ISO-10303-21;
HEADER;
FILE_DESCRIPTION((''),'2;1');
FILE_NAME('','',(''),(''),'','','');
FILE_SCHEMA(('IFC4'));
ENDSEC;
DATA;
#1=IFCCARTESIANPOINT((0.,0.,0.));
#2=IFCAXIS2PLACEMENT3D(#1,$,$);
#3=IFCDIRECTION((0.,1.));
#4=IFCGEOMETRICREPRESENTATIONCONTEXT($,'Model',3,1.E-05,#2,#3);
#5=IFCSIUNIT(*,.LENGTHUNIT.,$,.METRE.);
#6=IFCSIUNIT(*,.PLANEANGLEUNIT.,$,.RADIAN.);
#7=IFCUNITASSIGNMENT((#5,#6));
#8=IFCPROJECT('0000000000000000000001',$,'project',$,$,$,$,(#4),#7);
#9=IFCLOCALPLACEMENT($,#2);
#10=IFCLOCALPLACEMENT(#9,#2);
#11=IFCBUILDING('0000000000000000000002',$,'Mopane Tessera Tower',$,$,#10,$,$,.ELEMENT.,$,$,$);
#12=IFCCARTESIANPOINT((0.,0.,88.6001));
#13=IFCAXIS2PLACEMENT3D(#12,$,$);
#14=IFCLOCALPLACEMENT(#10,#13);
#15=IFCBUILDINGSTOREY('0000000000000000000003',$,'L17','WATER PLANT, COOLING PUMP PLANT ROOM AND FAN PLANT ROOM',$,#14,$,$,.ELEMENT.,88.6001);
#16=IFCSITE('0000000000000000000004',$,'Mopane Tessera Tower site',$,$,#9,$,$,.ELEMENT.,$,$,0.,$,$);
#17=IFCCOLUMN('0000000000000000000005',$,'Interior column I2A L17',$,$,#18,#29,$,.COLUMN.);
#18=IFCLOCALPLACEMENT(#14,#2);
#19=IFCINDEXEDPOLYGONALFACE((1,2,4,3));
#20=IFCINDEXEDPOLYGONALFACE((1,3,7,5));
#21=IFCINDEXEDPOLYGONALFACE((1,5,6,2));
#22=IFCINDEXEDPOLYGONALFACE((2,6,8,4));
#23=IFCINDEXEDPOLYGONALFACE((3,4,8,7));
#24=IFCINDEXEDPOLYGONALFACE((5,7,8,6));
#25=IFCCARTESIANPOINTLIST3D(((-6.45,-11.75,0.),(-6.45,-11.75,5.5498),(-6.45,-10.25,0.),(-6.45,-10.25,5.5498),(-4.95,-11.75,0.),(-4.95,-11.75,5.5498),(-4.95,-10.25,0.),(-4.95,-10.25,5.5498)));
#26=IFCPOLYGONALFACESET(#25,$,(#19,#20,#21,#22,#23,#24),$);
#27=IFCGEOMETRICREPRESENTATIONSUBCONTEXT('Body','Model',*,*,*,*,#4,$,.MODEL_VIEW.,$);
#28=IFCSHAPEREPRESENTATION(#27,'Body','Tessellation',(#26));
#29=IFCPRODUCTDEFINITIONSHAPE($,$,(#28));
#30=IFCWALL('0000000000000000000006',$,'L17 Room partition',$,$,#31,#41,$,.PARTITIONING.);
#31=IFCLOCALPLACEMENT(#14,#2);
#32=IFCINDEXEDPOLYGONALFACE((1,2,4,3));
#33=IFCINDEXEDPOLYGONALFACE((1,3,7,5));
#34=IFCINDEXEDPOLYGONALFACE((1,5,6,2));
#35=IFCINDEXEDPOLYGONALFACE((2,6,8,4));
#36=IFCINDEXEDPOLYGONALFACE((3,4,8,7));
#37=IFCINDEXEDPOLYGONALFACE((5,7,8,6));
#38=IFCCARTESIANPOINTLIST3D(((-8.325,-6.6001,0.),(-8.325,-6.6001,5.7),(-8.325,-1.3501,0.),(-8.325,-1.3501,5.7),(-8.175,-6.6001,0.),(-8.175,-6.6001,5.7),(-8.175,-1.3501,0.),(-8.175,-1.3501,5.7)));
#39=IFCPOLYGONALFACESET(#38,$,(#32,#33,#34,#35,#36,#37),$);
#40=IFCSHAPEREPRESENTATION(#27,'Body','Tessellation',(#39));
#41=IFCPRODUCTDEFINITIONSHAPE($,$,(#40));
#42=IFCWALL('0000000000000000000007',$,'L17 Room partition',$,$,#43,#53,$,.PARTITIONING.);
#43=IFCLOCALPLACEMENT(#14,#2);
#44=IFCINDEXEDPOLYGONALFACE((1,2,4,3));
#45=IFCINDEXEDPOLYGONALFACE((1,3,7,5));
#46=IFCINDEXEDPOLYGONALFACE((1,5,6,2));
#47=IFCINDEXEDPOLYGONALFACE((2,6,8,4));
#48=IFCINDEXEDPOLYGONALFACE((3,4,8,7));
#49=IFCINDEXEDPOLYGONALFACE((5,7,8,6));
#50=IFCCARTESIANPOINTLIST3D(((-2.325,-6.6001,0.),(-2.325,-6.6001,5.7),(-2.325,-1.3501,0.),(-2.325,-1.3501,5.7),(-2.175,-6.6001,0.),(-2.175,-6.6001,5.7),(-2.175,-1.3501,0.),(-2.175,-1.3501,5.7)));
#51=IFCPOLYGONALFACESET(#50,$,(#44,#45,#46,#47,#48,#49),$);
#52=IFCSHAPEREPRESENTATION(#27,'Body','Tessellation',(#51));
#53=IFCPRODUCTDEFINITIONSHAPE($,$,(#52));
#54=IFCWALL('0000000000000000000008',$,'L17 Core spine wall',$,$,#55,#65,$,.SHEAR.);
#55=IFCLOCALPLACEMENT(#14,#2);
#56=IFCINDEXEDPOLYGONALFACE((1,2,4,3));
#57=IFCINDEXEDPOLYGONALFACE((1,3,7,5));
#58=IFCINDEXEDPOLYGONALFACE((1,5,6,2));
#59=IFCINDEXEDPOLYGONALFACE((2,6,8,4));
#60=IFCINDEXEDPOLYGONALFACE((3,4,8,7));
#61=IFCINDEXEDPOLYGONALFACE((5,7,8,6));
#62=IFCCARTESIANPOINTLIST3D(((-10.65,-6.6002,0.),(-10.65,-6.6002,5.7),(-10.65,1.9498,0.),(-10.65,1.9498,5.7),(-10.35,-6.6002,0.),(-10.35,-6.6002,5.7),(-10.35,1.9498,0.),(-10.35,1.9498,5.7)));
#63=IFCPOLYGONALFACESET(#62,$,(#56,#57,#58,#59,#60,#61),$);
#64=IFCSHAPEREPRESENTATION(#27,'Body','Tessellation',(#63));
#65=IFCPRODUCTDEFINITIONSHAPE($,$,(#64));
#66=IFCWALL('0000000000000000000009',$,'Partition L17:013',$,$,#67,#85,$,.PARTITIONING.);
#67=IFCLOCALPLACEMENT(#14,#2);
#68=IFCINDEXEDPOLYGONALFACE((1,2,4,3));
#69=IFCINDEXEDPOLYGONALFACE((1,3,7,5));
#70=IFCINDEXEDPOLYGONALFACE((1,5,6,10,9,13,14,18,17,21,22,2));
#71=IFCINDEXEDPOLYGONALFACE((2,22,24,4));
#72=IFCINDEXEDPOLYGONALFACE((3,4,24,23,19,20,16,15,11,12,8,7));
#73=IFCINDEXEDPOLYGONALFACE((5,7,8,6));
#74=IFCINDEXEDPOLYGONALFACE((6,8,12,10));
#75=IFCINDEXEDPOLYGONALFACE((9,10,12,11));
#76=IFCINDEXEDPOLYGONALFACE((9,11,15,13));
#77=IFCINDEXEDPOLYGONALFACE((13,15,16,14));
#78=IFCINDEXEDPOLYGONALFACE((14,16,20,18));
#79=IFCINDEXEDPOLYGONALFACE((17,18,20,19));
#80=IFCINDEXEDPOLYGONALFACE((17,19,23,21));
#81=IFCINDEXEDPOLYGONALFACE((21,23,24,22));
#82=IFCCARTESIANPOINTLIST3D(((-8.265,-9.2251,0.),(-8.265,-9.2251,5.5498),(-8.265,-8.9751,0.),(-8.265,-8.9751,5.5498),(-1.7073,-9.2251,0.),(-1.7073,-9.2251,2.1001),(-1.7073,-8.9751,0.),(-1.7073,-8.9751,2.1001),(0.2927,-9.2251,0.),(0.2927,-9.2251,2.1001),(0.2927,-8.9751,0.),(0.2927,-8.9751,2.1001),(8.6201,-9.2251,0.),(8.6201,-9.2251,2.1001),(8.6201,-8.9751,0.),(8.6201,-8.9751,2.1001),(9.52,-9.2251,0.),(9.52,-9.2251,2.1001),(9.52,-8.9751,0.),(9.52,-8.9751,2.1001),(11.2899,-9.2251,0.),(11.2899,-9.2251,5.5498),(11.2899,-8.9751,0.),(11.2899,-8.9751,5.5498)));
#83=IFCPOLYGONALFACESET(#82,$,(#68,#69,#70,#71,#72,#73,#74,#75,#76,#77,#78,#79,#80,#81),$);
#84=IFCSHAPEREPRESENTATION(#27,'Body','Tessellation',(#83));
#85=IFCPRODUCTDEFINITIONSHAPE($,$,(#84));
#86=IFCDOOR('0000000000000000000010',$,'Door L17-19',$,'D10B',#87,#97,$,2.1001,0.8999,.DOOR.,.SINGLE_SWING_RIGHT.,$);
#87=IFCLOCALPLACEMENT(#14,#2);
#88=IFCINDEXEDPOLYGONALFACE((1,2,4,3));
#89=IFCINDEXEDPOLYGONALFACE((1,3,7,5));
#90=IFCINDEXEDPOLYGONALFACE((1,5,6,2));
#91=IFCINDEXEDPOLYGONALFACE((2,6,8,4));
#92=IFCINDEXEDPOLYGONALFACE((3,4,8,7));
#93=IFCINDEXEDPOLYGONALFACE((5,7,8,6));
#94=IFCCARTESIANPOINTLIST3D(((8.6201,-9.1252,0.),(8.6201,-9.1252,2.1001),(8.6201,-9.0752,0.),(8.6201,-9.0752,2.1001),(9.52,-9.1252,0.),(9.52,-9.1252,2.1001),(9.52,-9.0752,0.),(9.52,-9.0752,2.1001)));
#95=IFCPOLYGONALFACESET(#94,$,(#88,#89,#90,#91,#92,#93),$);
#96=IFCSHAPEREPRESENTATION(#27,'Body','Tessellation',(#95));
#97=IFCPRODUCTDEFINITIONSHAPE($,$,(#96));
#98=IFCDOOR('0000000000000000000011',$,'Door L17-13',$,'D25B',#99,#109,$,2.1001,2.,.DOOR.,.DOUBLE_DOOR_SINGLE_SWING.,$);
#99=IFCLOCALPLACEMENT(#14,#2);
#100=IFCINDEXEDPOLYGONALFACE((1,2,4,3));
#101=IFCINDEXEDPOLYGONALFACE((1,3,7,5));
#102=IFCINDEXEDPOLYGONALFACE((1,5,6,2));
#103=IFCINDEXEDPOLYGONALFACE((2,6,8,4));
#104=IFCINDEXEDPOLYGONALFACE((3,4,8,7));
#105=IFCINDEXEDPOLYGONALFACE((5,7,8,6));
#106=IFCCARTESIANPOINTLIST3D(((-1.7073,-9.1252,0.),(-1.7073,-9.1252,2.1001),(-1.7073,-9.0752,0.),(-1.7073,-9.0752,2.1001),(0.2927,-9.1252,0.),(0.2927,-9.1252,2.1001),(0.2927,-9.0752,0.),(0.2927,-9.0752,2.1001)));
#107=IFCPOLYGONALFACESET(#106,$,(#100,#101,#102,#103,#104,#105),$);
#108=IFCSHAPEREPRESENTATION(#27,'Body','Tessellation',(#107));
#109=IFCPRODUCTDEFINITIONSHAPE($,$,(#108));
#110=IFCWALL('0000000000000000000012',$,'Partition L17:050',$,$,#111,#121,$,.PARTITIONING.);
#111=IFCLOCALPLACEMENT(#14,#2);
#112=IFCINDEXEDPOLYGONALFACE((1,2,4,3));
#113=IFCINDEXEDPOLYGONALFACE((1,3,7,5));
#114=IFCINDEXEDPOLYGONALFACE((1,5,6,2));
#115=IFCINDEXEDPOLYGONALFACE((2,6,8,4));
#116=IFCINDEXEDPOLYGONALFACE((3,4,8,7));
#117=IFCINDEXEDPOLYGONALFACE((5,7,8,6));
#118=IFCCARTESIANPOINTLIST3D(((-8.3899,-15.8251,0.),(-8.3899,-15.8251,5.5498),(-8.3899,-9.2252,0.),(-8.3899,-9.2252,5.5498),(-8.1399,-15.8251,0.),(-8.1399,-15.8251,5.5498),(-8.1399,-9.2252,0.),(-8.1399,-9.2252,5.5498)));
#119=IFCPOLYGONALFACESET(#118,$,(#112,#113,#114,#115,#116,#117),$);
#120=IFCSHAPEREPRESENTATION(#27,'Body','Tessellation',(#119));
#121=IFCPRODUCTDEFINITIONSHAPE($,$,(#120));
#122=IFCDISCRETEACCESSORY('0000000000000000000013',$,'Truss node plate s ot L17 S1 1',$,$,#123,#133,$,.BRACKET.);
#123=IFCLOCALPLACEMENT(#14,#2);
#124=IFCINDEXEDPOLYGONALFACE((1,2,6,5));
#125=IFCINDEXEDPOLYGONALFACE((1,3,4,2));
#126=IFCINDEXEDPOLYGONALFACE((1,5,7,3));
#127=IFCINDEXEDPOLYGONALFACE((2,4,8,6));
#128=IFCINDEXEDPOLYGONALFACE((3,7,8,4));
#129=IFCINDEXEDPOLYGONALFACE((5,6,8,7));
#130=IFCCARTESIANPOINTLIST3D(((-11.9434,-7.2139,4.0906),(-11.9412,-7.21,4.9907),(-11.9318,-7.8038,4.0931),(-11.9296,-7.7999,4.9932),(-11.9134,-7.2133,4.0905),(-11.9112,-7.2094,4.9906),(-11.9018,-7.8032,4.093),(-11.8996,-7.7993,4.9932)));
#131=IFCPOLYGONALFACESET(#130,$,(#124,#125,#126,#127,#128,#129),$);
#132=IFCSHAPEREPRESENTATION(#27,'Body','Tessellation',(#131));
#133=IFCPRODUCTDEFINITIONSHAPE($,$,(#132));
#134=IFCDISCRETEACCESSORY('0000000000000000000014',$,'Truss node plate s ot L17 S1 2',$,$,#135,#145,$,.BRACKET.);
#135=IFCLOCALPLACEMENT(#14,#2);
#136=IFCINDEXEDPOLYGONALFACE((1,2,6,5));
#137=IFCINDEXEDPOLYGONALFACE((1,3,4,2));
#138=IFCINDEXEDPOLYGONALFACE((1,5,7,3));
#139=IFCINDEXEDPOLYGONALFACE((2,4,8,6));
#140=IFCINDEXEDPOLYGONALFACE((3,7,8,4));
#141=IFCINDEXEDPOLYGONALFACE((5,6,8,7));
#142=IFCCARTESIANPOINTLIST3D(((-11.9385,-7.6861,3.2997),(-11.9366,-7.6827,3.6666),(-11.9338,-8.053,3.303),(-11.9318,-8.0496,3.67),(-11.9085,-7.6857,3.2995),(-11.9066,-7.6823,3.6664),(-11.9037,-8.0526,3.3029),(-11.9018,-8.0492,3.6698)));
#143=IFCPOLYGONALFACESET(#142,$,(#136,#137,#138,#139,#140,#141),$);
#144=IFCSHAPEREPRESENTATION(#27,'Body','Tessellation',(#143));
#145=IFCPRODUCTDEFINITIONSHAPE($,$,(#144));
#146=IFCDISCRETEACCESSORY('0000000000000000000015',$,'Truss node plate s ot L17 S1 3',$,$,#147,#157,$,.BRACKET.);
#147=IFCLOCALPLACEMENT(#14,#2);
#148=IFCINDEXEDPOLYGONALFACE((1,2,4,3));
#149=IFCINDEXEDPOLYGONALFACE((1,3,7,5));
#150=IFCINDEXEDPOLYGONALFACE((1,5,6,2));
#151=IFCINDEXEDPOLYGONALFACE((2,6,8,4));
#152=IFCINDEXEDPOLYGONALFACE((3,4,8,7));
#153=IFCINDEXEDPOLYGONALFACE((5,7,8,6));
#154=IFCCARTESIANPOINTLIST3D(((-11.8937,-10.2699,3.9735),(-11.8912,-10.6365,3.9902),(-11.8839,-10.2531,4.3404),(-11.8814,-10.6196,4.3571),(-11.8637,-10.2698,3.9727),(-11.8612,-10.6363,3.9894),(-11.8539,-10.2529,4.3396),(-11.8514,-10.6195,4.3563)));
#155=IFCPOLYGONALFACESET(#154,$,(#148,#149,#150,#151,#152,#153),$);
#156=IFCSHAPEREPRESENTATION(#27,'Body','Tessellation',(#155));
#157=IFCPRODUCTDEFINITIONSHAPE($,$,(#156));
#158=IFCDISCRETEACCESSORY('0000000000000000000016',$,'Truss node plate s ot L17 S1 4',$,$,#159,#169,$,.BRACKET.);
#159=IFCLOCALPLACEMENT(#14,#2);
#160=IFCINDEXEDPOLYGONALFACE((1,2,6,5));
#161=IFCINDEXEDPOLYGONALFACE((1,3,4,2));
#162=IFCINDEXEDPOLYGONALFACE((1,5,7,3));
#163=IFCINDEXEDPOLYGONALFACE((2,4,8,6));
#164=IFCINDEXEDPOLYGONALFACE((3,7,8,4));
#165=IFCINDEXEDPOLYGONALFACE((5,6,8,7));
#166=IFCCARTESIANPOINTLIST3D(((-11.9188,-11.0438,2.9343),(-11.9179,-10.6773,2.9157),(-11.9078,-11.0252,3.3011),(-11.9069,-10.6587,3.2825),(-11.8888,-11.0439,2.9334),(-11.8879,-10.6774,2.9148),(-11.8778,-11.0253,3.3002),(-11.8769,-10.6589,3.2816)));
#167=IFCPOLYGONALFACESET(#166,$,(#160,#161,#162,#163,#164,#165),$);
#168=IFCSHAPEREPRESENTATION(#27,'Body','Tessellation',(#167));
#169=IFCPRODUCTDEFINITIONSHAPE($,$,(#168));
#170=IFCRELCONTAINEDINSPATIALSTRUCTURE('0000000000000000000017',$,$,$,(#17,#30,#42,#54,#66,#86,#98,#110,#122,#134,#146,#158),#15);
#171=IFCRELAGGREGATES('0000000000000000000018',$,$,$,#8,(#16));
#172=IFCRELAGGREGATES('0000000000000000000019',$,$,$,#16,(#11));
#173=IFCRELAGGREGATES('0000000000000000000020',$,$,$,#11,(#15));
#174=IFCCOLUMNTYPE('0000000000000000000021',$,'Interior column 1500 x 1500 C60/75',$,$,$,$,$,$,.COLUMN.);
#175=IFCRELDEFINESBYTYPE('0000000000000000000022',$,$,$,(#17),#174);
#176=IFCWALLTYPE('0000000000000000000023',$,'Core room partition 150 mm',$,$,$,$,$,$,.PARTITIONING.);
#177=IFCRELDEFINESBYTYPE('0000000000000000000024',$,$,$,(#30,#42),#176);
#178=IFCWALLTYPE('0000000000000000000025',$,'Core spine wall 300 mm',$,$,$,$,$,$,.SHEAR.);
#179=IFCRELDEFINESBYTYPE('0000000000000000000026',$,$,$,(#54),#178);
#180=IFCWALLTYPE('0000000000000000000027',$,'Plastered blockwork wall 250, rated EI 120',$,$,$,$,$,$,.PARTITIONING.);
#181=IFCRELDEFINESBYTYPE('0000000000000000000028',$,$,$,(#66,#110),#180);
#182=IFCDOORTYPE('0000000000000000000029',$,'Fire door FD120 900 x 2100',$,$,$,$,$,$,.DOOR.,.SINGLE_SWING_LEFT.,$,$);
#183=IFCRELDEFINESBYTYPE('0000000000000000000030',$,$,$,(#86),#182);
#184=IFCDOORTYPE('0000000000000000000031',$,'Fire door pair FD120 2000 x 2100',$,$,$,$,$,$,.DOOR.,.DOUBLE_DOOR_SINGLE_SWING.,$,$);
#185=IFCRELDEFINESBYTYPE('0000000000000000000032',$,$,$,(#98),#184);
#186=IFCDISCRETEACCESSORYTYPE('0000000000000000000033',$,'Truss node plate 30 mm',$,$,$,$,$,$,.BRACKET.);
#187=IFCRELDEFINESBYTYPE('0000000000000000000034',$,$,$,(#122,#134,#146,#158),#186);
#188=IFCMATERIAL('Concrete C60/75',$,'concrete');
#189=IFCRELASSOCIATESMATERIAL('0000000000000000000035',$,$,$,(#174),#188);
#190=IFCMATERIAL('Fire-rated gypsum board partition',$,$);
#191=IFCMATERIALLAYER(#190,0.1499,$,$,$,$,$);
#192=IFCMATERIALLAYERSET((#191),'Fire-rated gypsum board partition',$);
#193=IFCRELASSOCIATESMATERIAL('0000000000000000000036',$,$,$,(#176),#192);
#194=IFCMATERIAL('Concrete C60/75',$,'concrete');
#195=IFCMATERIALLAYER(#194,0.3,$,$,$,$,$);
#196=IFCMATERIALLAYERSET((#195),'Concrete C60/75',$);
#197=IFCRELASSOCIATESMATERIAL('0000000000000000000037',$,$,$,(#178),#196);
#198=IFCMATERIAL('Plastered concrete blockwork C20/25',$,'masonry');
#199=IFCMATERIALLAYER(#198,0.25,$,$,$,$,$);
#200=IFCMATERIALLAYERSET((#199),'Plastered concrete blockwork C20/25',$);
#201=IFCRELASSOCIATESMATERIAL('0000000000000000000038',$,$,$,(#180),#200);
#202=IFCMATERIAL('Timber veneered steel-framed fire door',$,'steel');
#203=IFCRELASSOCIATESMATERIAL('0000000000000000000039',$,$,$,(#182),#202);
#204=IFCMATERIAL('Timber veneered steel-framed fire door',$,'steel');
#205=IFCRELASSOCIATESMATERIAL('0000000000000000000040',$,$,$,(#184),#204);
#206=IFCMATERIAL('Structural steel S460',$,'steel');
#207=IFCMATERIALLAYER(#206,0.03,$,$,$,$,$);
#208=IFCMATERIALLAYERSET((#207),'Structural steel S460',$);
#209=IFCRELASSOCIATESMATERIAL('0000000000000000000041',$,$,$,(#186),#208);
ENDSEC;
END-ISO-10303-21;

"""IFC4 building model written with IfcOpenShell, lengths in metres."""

from ifc_helpers import new_model, si_unit, direction, frame, frame_2d, origin, origin_2d, place, context, subcontext, project, spatial, rectangle, extrude, material, layer, layer_set, material_profile, profile_set, type_object, element, fill, save


model = new_model("IFC4")

# Units and contexts
model_context = context("Model", 3, precision=1e-05, world=origin(), true_north=direction((0.0, 1.0)))
body_context = subcontext(model_context, "Body", "Model", "MODEL_VIEW")
ifc_project = project(units=[si_unit("LENGTHUNIT", "METRE"), si_unit("PLANEANGLEUNIT", "RADIAN")], contexts=[model_context])

# Site, building, storey
site_placement = place(None, origin())
site = spatial("IfcSite", under=ifc_project, at=site_placement, Name="Mopane Tessera Tower site", CompositionType="ELEMENT", RefElevation=0.0)
building_placement = place(site_placement, origin())
building = spatial("IfcBuilding", under=site, at=building_placement, Name="Mopane Tessera Tower", CompositionType="ELEMENT")
storey_placement = place(building_placement, frame((0.0, 0.0, 88.6001)))
storey = spatial("IfcBuildingStorey", under=building, at=storey_placement, Name="L17", Description="WATER PLANT, COOLING PUMP PLANT ROOM AND FAN PLANT ROOM", CompositionType="ELEMENT", Elevation=88.6001)

# Column
ifc_material_1 = material(Name="Concrete C60/75", Category="concrete")
ifc_material_profile = material_profile(ifc_material_1, rectangle(XDim=1.5, YDim=1.5, at=origin_2d()))
ifc_profile_set = profile_set([ifc_material_profile], Name="Concrete C60/75")
column_type = type_object("IfcColumnType", Name="Interior column 1500 x 1500 C60/75", PredefinedType="COLUMN", material=ifc_profile_set)
column_placement = place(storey_placement, frame((-5.7, -11.0, 0.0), z_axis=(0.0, 0.0, 1.0), x_axis=(1.0, 0.0, 0.0)))
element("IfcColumn", 1, at=column_placement, inside=storey, type_object=column_type, Name="Interior column I2A L17", PredefinedType="COLUMN", context=body_context, shape_type="SweptSolid", body=[
    extrude(rectangle(XDim=1.5, YDim=1.5, at=origin_2d()), origin(), (0.0, 0.0, 1.0), 5.5498),
])

# Walls
ifc_material_2 = material(Name="Fire-rated gypsum board partition")
ifc_layer_1 = layer(ifc_material_2, 0.1499)
ifc_layer_set_1 = layer_set([ifc_layer_1], Name="Fire-rated gypsum board partition")
wall_type_1 = type_object("IfcWallType", Name="Core room partition 150 mm", PredefinedType="PARTITIONING", material=ifc_layer_set_1)
for number, where, z_axis, x_axis, name in (
    (2, (-8.25, -6.6001, 0.0), (0.0, 0.0, 1.0), (0.0, 1.0, 0.0), "L17 Room partition"),
    (3, (-2.25, -6.6001, 0.0), (0.0, 0.0, 1.0), (0.0, 1.0, 0.0), "L17 Room partition"),
):
    element("IfcWall", number, at=place(storey_placement, frame(where, z_axis=z_axis, x_axis=x_axis)), inside=storey, type_object=wall_type_1, Name=name, PredefinedType="PARTITIONING", context=body_context, shape_type="SweptSolid", body=[
        extrude(rectangle(XDim=5.25, YDim=0.1499, at=frame_2d((2.625, 0.0))), origin(), (0.0, 0.0, 1.0), 5.7),
    ])
ifc_material_3 = material(Name="Concrete C60/75", Category="concrete")
ifc_layer_2 = layer(ifc_material_3, 0.3)
ifc_layer_set_2 = layer_set([ifc_layer_2], Name="Concrete C60/75")
wall_type_2 = type_object("IfcWallType", Name="Core spine wall 300 mm", PredefinedType="SHEAR", material=ifc_layer_set_2)
wall_1_placement = place(storey_placement, frame((-10.5, -6.6001, 0.0), z_axis=(0.0, 0.0, 1.0), x_axis=(0.0, 1.0, 0.0)))
element("IfcWall", 4, at=wall_1_placement, inside=storey, type_object=wall_type_2, Name="L17 Core spine wall", PredefinedType="SHEAR", context=body_context, shape_type="SweptSolid", body=[
    extrude(rectangle(XDim=8.55, YDim=0.3, at=frame_2d((4.2749, 0.0))), origin(), (0.0, 0.0, 1.0), 5.7),
])

# Wall, openings, doors
ifc_material_4 = material(Name="Plastered concrete blockwork C20/25", Category="masonry")
ifc_layer_3 = layer(ifc_material_4, 0.25)
ifc_layer_set_3 = layer_set([ifc_layer_3], Name="Plastered concrete blockwork C20/25")
wall_type_3 = type_object("IfcWallType", Name="Plastered blockwork wall 250, rated EI 120", PredefinedType="PARTITIONING", material=ifc_layer_set_3)
wall_2_placement = place(storey_placement, frame((-8.2649, -9.1001, 0.0), z_axis=(0.0, 0.0, 1.0), x_axis=(1.0, 0.0, 0.0)))
wall_2 = element("IfcWall", 5, at=wall_2_placement, inside=storey, type_object=wall_type_3, Name="Partition L17:013", PredefinedType="PARTITIONING", context=body_context, shape_type="SweptSolid", body=[
    extrude(rectangle(XDim=19.5549, YDim=0.25, at=frame_2d((9.7773, 0.0))), origin(), (0.0, 0.0, 1.0), 5.5498),
])
opening_1_placement = place(wall_2_placement, frame((6.5576, 0.0, 0.0)))
opening_1 = element("IfcOpeningElement", 6, at=opening_1_placement, cuts=wall_2, PredefinedType="OPENING", context=body_context, shape_type="SweptSolid", body=[
    extrude(rectangle(XDim=2.0, YDim=2.1001, at=frame_2d((1.0, 1.05))), frame((0.0, 0.137, 0.0), z_axis=(0.0, -1.0, 0.0), x_axis=(1.0, 0.0, 0.0)), (0.0, 0.0, 1.0), 0.2739),
])
opening_2_placement = place(wall_2_placement, frame((16.885, 0.0, 0.0)))
opening_2 = element("IfcOpeningElement", 7, at=opening_2_placement, cuts=wall_2, PredefinedType="OPENING", context=body_context, shape_type="SweptSolid", body=[
    extrude(rectangle(XDim=0.8999, YDim=2.1001, at=frame_2d((0.45, 1.05))), frame((0.0, 0.137, 0.0), z_axis=(0.0, -1.0, 0.0), x_axis=(1.0, 0.0, 0.0)), (0.0, 0.0, 1.0), 0.2739),
])
ifc_material_5 = material(Name="Timber veneered steel-framed fire door", Category="steel")
door_type_1 = type_object("IfcDoorType", Name="Fire door FD120 900 x 2100", OperationType="SINGLE_SWING_LEFT", PredefinedType="DOOR", material=ifc_material_5)
door_1_placement = place(opening_2_placement, origin())
door_1 = element("IfcDoor", 8, at=door_1_placement, inside=storey, type_object=door_type_1, Name="Door L17-19", ObjectType="D10B", OperationType="SINGLE_SWING_RIGHT", OverallHeight=2.1001, OverallWidth=0.8999, PredefinedType="DOOR", context=body_context, shape_type="SweptSolid", body=[
    extrude(rectangle(XDim=0.8999, YDim=2.1001, at=frame_2d((0.45, 1.05))), frame((0.0, 0.0249, 0.0), z_axis=(0.0, -1.0, 0.0), x_axis=(1.0, 0.0, 0.0)), (0.0, 0.0, 1.0), 0.05),
])
fill(opening_2, door_1)
ifc_material_6 = material(Name="Timber veneered steel-framed fire door", Category="steel")
door_type_2 = type_object("IfcDoorType", Name="Fire door pair FD120 2000 x 2100", OperationType="DOUBLE_DOOR_SINGLE_SWING", PredefinedType="DOOR", material=ifc_material_6)
door_2_placement = place(opening_1_placement, origin())
door_2 = element("IfcDoor", 9, at=door_2_placement, inside=storey, type_object=door_type_2, Name="Door L17-13", ObjectType="D25B", OperationType="DOUBLE_DOOR_SINGLE_SWING", OverallHeight=2.1001, OverallWidth=2.0, PredefinedType="DOOR", context=body_context, shape_type="SweptSolid", body=[
    extrude(rectangle(XDim=2.0, YDim=2.1001, at=frame_2d((1.0, 1.05))), frame((0.0, 0.0249, 0.0), z_axis=(0.0, -1.0, 0.0), x_axis=(1.0, 0.0, 0.0)), (0.0, 0.0, 1.0), 0.05),
])
fill(opening_1, door_2)

# Wall
wall_3_placement = place(storey_placement, frame((-8.2649, -15.825, 0.0), z_axis=(0.0, 0.0, 1.0), x_axis=(0.0, 1.0, 0.0)))
element("IfcWall", 10, at=wall_3_placement, inside=storey, type_object=wall_type_3, Name="Partition L17:050", PredefinedType="PARTITIONING", context=body_context, shape_type="SweptSolid", body=[
    extrude(rectangle(XDim=6.5999, YDim=0.25, at=frame_2d((3.2998, 0.0))), origin(), (0.0, 0.0, 1.0), 5.5498),
])

# Discrete accessories
ifc_material_7 = material(Name="Structural steel S460", Category="steel")
ifc_layer_4 = layer(ifc_material_7, 0.03)
ifc_layer_set_4 = layer_set([ifc_layer_4], Name="Structural steel S460")
discrete_accessory_type = type_object("IfcDiscreteAccessoryType", Name="Truss node plate 30 mm", PredefinedType="BRACKET", material=ifc_layer_set_4)
discrete_accessory_1_placement = place(storey_placement, frame((-11.9226, -7.5085, 4.0918), z_axis=(0.002441, 0.00434, 0.999988), x_axis=(0.999802, 0.019722, -0.002526)))
element("IfcDiscreteAccessory", 11, at=discrete_accessory_1_placement, inside=storey, type_object=discrete_accessory_type, Name="Truss node plate s ot L17 S1 1", PredefinedType="BRACKET", context=body_context, shape_type="SweptSolid", body=[
    extrude(rectangle(XDim=0.03, YDim=0.5901, at=origin_2d()), origin(), (0.0, 0.0, 1.0), 0.9001),
])
discrete_accessory_2_placement = place(storey_placement, frame((-11.9211, -7.8694, 3.3013), z_axis=(0.005322, 0.009314, 0.999942), x_axis=(0.999902, 0.012927, -0.005443)))
element("IfcDiscreteAccessory", 12, at=discrete_accessory_2_placement, inside=storey, type_object=discrete_accessory_type, Name="Truss node plate s ot L17 S1 2", PredefinedType="BRACKET", context=body_context, shape_type="SweptSolid", body=[
    extrude(rectangle(XDim=0.03, YDim=0.3669, at=origin_2d()), origin(), (0.0, 0.0, 1.0), 0.3669),
])
for number, where, z_axis, x_axis, name in (
    (13, (-11.8774, -10.4531, 3.9814), (0.026576, 0.045844, 0.998595), (0.999624, 0.005531, -0.026857), "Truss node plate s ot L17 S1 3"),
    (14, (-11.9033, -10.8606, 2.9246), (0.029908, 0.050512, 0.998276), (0.99955, -0.003972, -0.029746), "Truss node plate s ot L17 S1 4"),
):
    element("IfcDiscreteAccessory", number, at=place(storey_placement, frame(where, z_axis=z_axis, x_axis=x_axis)), inside=storey, type_object=discrete_accessory_type, Name=name, PredefinedType="BRACKET", context=body_context, shape_type="SweptSolid", body=[
        extrude(rectangle(XDim=0.03, YDim=0.3669, at=origin_2d()), origin(), (0.0, 0.0, 1.0), 0.3674),
    ])

save(model, "model.ifc")
